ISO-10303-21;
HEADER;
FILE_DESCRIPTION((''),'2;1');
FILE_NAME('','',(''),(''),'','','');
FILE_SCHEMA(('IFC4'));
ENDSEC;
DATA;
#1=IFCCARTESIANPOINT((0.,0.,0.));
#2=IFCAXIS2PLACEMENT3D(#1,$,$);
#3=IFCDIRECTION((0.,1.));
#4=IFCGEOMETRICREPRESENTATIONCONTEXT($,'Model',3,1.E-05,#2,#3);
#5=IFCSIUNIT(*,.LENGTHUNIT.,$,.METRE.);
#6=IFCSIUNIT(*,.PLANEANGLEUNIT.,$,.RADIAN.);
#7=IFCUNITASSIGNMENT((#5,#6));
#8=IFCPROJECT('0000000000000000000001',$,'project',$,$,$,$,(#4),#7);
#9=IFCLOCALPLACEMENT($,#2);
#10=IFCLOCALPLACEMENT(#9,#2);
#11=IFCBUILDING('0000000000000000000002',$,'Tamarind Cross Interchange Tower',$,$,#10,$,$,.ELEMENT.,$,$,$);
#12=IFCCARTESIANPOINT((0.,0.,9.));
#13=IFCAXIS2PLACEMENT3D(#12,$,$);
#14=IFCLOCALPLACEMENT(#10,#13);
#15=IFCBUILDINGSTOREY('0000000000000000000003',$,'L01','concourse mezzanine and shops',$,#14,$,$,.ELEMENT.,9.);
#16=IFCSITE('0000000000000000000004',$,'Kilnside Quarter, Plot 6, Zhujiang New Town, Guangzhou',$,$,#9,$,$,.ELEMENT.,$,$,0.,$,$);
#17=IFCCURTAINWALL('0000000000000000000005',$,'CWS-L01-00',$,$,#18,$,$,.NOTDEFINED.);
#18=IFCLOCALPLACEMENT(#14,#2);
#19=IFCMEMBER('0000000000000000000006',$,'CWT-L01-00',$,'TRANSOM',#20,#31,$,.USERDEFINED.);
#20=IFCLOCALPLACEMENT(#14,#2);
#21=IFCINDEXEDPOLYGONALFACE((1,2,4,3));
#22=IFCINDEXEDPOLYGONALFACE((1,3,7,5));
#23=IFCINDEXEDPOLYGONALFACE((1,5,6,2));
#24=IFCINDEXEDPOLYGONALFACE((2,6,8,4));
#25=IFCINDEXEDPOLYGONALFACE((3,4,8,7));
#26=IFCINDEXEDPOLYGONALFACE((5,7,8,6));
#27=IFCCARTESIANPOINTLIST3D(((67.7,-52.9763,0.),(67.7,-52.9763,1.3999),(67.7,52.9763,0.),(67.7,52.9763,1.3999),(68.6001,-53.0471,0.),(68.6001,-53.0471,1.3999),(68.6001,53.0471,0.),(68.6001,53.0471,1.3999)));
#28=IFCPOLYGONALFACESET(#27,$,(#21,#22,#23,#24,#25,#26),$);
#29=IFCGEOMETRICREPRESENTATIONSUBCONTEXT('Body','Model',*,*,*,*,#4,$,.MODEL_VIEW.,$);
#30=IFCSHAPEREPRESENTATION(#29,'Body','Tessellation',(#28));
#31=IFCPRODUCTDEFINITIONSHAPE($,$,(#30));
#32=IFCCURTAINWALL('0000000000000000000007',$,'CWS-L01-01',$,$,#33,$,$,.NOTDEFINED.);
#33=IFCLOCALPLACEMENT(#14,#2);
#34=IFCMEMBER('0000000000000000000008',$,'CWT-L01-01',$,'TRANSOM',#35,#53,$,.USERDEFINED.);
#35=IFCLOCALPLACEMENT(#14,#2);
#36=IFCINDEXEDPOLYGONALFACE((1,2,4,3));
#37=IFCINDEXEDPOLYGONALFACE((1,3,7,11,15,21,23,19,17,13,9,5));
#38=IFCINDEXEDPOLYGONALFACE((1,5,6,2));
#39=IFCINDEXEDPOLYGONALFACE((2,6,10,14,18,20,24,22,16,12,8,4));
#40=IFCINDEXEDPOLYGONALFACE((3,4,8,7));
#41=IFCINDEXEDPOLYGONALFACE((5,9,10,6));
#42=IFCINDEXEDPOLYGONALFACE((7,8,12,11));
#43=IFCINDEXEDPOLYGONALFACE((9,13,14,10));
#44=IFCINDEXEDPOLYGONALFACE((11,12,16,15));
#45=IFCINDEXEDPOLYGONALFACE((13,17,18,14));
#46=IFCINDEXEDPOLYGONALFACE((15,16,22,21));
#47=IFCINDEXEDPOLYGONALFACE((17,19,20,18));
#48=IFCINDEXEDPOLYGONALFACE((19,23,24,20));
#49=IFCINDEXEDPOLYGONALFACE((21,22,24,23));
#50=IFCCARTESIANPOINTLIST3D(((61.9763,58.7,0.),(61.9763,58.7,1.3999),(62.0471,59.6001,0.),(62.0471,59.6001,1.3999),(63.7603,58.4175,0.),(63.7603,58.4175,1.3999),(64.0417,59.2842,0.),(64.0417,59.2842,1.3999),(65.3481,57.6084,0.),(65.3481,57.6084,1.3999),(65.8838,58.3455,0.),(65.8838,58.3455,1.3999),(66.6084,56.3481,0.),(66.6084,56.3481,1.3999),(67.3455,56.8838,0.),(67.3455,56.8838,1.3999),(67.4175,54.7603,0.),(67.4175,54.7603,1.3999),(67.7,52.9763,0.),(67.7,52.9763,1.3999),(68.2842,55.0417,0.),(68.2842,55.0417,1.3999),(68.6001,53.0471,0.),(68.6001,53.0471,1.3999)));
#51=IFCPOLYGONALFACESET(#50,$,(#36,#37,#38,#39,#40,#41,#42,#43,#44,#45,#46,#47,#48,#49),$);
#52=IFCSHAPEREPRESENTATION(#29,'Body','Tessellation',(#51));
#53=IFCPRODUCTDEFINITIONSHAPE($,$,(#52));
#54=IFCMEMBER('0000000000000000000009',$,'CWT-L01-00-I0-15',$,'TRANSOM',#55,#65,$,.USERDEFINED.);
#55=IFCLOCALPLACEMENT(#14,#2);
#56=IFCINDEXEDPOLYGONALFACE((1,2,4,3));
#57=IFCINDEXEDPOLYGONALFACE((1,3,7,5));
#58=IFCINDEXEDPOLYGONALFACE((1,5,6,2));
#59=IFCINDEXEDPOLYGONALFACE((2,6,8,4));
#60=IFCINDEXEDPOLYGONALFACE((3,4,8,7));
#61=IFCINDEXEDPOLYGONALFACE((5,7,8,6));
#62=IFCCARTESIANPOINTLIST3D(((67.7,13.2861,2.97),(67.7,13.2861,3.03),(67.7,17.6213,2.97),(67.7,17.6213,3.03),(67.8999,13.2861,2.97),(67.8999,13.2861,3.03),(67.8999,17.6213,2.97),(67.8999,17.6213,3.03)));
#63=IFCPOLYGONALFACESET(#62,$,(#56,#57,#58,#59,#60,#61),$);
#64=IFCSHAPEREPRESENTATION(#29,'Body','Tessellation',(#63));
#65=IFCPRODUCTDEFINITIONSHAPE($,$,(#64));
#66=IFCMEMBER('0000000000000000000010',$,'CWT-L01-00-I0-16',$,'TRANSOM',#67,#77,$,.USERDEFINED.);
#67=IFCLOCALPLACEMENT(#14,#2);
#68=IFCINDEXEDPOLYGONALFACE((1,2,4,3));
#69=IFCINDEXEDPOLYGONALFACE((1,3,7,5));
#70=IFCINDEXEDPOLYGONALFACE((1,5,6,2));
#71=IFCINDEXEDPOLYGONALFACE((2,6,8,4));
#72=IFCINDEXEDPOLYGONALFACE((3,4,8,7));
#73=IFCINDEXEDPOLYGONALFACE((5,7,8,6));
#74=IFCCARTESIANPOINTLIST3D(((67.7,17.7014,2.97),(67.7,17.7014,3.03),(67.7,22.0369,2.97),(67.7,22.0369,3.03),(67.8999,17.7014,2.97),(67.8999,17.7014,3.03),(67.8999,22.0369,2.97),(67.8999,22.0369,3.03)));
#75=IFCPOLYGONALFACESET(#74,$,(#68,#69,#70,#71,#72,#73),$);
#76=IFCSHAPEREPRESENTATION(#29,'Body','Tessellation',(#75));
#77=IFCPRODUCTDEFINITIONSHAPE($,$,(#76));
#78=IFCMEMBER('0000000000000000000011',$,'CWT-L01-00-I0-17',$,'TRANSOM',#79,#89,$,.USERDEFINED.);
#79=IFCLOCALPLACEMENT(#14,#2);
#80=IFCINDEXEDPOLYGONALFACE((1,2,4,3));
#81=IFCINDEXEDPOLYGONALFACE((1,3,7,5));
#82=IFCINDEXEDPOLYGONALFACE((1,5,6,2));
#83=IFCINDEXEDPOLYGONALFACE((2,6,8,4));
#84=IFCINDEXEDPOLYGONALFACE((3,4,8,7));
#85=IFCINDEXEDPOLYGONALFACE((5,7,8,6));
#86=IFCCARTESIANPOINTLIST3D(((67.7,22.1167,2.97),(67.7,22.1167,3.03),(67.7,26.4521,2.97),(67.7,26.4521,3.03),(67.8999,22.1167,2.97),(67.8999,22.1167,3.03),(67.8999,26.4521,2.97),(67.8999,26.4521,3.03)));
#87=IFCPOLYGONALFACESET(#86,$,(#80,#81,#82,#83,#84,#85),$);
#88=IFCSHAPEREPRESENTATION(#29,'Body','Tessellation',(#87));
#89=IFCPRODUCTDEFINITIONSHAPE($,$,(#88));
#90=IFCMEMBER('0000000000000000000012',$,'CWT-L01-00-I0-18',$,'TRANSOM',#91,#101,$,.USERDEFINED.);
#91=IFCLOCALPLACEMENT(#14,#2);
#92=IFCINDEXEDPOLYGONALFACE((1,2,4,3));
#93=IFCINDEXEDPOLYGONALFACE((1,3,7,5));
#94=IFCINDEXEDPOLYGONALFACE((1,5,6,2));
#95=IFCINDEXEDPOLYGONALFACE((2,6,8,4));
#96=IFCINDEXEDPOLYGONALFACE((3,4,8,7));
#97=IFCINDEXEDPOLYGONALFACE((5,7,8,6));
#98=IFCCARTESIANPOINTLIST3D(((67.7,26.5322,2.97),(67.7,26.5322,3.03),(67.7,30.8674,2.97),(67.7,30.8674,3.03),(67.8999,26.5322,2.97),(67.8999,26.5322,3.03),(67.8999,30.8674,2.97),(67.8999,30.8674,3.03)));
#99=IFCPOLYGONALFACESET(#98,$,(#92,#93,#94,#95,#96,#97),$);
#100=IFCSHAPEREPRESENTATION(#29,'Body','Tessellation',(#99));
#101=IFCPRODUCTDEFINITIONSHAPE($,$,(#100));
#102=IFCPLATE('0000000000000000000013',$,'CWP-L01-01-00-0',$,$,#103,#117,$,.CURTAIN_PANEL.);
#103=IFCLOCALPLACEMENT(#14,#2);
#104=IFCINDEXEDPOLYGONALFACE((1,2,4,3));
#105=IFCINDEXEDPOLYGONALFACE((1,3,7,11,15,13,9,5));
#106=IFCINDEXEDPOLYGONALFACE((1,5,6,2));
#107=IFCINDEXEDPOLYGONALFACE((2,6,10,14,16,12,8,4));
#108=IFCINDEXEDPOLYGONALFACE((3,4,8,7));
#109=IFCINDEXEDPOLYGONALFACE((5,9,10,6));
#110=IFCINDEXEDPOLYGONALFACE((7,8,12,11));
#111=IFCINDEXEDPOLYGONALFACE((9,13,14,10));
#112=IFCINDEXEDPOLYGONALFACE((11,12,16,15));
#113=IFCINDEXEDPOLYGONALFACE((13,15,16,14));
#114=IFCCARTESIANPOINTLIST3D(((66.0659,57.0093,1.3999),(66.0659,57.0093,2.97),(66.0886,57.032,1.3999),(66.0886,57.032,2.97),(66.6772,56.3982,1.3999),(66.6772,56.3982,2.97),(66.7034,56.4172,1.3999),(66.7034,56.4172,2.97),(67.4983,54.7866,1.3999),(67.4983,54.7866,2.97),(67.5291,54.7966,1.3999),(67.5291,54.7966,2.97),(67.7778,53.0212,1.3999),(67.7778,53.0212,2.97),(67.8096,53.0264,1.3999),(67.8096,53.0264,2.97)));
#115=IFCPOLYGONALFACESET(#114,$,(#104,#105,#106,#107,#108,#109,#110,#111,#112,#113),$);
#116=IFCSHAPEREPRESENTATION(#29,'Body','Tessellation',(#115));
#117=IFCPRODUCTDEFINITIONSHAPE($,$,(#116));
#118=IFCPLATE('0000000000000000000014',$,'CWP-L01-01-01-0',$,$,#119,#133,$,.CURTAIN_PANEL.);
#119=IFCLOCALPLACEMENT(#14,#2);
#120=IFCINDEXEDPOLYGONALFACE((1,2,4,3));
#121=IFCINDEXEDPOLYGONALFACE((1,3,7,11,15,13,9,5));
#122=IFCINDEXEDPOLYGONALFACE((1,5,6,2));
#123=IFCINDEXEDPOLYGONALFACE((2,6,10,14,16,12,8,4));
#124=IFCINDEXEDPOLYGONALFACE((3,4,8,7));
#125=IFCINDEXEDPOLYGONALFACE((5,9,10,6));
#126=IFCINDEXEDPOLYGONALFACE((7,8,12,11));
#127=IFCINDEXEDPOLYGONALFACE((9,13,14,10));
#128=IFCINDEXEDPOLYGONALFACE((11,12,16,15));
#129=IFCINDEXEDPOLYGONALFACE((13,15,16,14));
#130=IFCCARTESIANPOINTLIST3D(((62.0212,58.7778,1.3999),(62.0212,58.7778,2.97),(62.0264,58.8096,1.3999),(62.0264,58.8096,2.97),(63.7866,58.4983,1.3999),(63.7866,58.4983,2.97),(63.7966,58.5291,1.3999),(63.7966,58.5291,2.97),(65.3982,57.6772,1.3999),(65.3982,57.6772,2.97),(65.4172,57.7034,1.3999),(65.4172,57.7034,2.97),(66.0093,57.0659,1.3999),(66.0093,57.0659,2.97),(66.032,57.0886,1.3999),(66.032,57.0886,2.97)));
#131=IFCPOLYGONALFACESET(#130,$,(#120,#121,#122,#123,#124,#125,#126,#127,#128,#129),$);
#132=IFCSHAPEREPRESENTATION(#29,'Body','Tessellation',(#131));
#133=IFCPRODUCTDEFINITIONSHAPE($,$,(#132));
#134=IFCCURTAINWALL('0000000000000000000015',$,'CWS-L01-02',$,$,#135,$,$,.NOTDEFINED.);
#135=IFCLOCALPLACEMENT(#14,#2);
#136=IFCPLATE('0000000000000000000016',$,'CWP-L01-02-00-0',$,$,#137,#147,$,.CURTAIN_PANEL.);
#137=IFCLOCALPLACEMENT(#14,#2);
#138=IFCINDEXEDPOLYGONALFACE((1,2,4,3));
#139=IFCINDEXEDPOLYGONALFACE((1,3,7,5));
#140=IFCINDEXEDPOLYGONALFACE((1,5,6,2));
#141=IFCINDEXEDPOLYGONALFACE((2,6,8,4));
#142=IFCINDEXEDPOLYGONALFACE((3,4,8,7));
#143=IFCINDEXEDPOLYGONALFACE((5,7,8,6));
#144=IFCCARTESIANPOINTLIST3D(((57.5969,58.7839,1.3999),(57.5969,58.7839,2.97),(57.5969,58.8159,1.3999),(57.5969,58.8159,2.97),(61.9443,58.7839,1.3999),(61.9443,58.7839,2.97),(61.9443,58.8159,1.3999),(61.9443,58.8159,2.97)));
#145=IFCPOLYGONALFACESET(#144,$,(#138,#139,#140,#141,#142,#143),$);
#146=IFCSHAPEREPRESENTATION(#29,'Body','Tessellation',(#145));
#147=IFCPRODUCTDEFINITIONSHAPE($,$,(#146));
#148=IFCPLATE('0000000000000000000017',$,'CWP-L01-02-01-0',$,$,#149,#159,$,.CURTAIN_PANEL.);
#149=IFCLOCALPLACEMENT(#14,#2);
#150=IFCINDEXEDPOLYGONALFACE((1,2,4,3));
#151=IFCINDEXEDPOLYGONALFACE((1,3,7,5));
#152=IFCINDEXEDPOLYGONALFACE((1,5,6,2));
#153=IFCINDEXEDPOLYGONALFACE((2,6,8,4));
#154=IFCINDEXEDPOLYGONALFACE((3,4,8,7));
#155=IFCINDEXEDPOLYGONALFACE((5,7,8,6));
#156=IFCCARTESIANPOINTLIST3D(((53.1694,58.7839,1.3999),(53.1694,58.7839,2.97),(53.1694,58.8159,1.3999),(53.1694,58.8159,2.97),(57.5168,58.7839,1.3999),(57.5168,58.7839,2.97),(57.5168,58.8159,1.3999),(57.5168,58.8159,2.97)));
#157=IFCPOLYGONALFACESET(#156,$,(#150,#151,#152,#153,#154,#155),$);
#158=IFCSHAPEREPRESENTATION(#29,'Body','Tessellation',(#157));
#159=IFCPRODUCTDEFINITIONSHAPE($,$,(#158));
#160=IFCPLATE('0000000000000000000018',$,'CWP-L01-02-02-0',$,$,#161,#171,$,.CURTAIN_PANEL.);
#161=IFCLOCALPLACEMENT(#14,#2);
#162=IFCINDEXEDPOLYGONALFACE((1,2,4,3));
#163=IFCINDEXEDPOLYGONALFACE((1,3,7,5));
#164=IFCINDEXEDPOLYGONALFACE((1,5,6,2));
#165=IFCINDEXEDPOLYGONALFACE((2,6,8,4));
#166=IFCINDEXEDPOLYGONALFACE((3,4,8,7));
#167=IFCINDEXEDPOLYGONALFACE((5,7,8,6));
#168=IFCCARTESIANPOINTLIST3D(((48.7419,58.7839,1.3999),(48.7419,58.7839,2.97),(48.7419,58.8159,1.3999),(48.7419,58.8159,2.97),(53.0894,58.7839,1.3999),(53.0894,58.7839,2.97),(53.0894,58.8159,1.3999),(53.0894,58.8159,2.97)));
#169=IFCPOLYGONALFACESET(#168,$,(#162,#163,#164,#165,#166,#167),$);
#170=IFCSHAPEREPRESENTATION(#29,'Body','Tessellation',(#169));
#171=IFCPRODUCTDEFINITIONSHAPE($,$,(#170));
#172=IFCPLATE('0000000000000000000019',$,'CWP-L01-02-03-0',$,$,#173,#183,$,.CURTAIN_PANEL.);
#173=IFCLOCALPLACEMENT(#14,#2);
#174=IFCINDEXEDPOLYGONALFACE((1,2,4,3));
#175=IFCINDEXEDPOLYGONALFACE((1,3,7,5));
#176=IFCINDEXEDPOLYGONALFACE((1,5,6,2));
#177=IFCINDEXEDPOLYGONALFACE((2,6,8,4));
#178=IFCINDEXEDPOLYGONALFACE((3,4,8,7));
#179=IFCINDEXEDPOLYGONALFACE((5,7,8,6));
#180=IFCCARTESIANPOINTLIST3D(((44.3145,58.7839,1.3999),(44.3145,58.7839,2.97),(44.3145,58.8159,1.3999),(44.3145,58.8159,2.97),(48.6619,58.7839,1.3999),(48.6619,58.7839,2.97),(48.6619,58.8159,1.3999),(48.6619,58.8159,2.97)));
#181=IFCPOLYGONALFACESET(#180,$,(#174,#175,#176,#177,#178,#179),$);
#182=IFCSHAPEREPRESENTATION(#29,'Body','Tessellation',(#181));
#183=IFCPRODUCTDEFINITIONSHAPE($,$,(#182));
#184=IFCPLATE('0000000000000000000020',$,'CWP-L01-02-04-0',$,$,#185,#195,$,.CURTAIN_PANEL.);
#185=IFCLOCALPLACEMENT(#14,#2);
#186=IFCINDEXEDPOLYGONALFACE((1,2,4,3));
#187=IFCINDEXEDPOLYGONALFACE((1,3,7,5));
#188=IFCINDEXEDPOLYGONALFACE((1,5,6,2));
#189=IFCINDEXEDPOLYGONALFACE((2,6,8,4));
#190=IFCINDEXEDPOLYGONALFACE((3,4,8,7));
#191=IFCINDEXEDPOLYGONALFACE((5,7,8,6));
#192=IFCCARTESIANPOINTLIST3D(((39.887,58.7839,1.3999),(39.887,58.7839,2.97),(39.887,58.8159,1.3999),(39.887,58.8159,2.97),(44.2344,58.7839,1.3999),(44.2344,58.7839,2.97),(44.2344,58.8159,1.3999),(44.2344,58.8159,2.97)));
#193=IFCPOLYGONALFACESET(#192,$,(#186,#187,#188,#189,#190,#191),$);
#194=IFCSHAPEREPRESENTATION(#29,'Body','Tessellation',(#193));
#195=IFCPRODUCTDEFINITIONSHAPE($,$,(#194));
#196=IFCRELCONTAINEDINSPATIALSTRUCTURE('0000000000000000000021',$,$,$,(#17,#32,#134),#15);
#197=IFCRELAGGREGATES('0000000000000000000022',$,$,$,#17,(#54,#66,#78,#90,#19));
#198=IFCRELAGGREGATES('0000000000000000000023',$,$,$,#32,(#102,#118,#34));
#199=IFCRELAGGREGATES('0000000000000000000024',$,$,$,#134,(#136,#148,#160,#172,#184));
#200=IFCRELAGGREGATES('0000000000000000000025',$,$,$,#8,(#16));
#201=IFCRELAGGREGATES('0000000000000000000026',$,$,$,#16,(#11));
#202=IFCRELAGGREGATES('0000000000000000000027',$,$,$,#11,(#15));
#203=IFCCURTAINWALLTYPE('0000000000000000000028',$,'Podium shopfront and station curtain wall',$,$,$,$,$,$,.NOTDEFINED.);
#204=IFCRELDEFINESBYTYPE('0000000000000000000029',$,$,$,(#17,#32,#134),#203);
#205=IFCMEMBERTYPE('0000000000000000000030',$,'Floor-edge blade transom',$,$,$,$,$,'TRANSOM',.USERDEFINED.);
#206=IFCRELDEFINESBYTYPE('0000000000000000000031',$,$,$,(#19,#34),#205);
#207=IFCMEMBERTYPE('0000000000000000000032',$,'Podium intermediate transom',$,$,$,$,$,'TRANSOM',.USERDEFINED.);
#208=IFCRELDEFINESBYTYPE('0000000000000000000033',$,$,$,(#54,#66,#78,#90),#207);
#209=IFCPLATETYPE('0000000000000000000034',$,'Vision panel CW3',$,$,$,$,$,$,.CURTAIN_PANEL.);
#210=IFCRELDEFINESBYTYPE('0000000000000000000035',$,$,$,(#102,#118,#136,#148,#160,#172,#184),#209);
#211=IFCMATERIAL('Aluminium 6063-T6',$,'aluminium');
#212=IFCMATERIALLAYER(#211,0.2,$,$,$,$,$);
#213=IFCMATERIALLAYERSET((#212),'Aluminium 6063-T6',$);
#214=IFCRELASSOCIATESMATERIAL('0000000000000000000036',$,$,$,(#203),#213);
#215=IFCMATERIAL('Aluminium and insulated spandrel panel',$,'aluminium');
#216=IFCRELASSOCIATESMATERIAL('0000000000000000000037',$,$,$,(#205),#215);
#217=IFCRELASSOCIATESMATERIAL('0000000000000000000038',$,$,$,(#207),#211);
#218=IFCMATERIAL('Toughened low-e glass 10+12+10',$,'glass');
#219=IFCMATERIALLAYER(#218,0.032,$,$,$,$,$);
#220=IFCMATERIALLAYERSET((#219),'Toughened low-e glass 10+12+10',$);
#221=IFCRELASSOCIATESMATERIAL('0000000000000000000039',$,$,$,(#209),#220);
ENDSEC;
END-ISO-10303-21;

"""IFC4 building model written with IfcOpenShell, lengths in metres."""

from ifc_helpers import new_model, si_unit, direction, frame, origin, place, context, subcontext, project, spatial, polyline, outline, extrude, material, layer, layer_set, type_object, element, aggregate, save


model = new_model("IFC4")

# Units and contexts
model_context = context("Model", 3, precision=1e-05, world=origin(), true_north=direction((0.0, 1.0)))
body_context = subcontext(model_context, "Body", "Model", "MODEL_VIEW")
ifc_project = project(units=[si_unit("LENGTHUNIT", "METRE"), si_unit("PLANEANGLEUNIT", "RADIAN")], contexts=[model_context])

# Site, building, storey
site_placement = place(None, origin())
site = spatial("IfcSite", under=ifc_project, at=site_placement, Name="Kilnside Quarter, Plot 6, Zhujiang New Town, Guangzhou", CompositionType="ELEMENT", RefElevation=0.0)
building_placement = place(site_placement, origin())
building = spatial("IfcBuilding", under=site, at=building_placement, Name="Tamarind Cross Interchange Tower", CompositionType="ELEMENT")
storey_placement = place(building_placement, frame((0.0, 0.0, 9.0)))
storey = spatial("IfcBuildingStorey", under=building, at=storey_placement, Name="L01", Description="concourse mezzanine and shops", CompositionType="ELEMENT", Elevation=9.0)

# Curtain walls, members
ifc_material_1 = material(Name="Aluminium 6063-T6", Category="aluminium")
ifc_layer_1 = layer(ifc_material_1, 0.2)
ifc_layer_set_1 = layer_set([ifc_layer_1], Name="Aluminium 6063-T6")
curtain_wall_type = type_object("IfcCurtainWallType", Name="Podium shopfront and station curtain wall", PredefinedType="NOTDEFINED", material=ifc_layer_set_1)
curtain_wall_1_placement = place(storey_placement, origin())
curtain_wall_1 = element("IfcCurtainWall", 1, at=curtain_wall_1_placement, inside=storey, type_object=curtain_wall_type, Name="CWS-L01-00", PredefinedType="NOTDEFINED")
ifc_material_2 = material(Name="Aluminium and insulated spandrel panel", Category="aluminium")
member_type_1 = type_object("IfcMemberType", Name="Floor-edge blade transom", ElementType="TRANSOM", PredefinedType="USERDEFINED", material=ifc_material_2)
member_1_placement = place(storey_placement, origin())
member_1 = element("IfcMember", 2, at=member_1_placement, type_object=member_type_1, Name="CWT-L01-00", ObjectType="TRANSOM", PredefinedType="USERDEFINED", context=body_context, shape_type="SweptSolid", body=[
    extrude(outline(polyline([(67.7, -52.9763), (67.7, 52.9763), (68.6001, 53.0471), (68.6001, -53.0471), (67.7, -52.9763)])), origin(), (0.0, 0.0, 1.0), 1.3999),
])
curtain_wall_2_placement = place(storey_placement, origin())
curtain_wall_2 = element("IfcCurtainWall", 3, at=curtain_wall_2_placement, inside=storey, type_object=curtain_wall_type, Name="CWS-L01-01", PredefinedType="NOTDEFINED")
member_2_placement = place(storey_placement, origin())
member_2 = element("IfcMember", 4, at=member_2_placement, type_object=member_type_1, Name="CWT-L01-01", ObjectType="TRANSOM", PredefinedType="USERDEFINED", context=body_context, shape_type="SweptSolid", body=[
    extrude(outline(polyline([(67.7, 52.9763), (67.4175, 54.7603), (66.6084, 56.3481), (65.3481, 57.6084), (63.7603, 58.4175), (61.9763, 58.7), (62.0471, 59.6001), (64.0417, 59.2842), (65.8838, 58.3455), (67.3455, 56.8838), (68.2842, 55.0417), (68.6001, 53.0471), (67.7, 52.9763)])), origin(), (0.0, 0.0, 1.0), 1.3999),
])

# Members
member_type_2 = type_object("IfcMemberType", Name="Podium intermediate transom", ElementType="TRANSOM", PredefinedType="USERDEFINED", material=ifc_material_1)
member_3_placement = place(storey_placement, frame((0.0, 0.0, 2.97)))
member_3 = element("IfcMember", 5, at=member_3_placement, type_object=member_type_2, Name="CWT-L01-00-I0-15", ObjectType="TRANSOM", PredefinedType="USERDEFINED", context=body_context, shape_type="SweptSolid", body=[
    extrude(outline(polyline([(67.7, 13.2861), (67.7, 17.6213), (67.8999, 17.6213), (67.8999, 13.2861), (67.7, 13.2861)])), origin(), (0.0, 0.0, 1.0), 0.0601),
])
member_4_placement = place(storey_placement, frame((0.0, 0.0, 2.97)))
member_4 = element("IfcMember", 6, at=member_4_placement, type_object=member_type_2, Name="CWT-L01-00-I0-16", ObjectType="TRANSOM", PredefinedType="USERDEFINED", context=body_context, shape_type="SweptSolid", body=[
    extrude(outline(polyline([(67.7, 17.7014), (67.7, 22.0369), (67.8999, 22.0369), (67.8999, 17.7014), (67.7, 17.7014)])), origin(), (0.0, 0.0, 1.0), 0.0601),
])
member_5_placement = place(storey_placement, frame((0.0, 0.0, 2.97)))
member_5 = element("IfcMember", 7, at=member_5_placement, type_object=member_type_2, Name="CWT-L01-00-I0-17", ObjectType="TRANSOM", PredefinedType="USERDEFINED", context=body_context, shape_type="SweptSolid", body=[
    extrude(outline(polyline([(67.7, 22.1167), (67.7, 26.4521), (67.8999, 26.4521), (67.8999, 22.1167), (67.7, 22.1167)])), origin(), (0.0, 0.0, 1.0), 0.0601),
])
member_6_placement = place(storey_placement, frame((0.0, 0.0, 2.97)))
member_6 = element("IfcMember", 8, at=member_6_placement, type_object=member_type_2, Name="CWT-L01-00-I0-18", ObjectType="TRANSOM", PredefinedType="USERDEFINED", context=body_context, shape_type="SweptSolid", body=[
    extrude(outline(polyline([(67.7, 26.5322), (67.7, 30.8674), (67.8999, 30.8674), (67.8999, 26.5322), (67.7, 26.5322)])), origin(), (0.0, 0.0, 1.0), 0.0601),
])
aggregate(curtain_wall_1, [member_3, member_4, member_5, member_6, member_1])

# Plates
ifc_material_3 = material(Name="Toughened low-e glass 10+12+10", Category="glass")
ifc_layer_2 = layer(ifc_material_3, 0.032)
ifc_layer_set_2 = layer_set([ifc_layer_2], Name="Toughened low-e glass 10+12+10")
plate_type = type_object("IfcPlateType", Name="Vision panel CW3", PredefinedType="CURTAIN_PANEL", material=ifc_layer_set_2)
plate_1_placement = place(storey_placement, frame((0.0, 0.0, 1.3999)))
plate_1 = element("IfcPlate", 9, at=plate_1_placement, type_object=plate_type, Name="CWP-L01-01-00-0", PredefinedType="CURTAIN_PANEL", context=body_context, shape_type="SweptSolid", body=[
    extrude(outline(polyline([(67.7778, 53.0212), (67.4983, 54.7866), (66.6772, 56.3982), (66.0659, 57.0093), (66.0886, 57.032), (66.7034, 56.4172), (67.5291, 54.7966), (67.8096, 53.0264), (67.7778, 53.0212)])), origin(), (0.0, 0.0, 1.0), 1.5701),
])
plate_2_placement = place(storey_placement, frame((0.0, 0.0, 1.3999)))
plate_2 = element("IfcPlate", 10, at=plate_2_placement, type_object=plate_type, Name="CWP-L01-01-01-0", PredefinedType="CURTAIN_PANEL", context=body_context, shape_type="SweptSolid", body=[
    extrude(outline(polyline([(66.0093, 57.0659), (65.3982, 57.6772), (63.7866, 58.4983), (62.0212, 58.7778), (62.0264, 58.8096), (63.7966, 58.5291), (65.4172, 57.7034), (66.032, 57.0886), (66.0093, 57.0659)])), origin(), (0.0, 0.0, 1.0), 1.5701),
])
aggregate(curtain_wall_2, [plate_1, plate_2, member_2])

# Curtain wall, plates
curtain_wall_3_placement = place(storey_placement, origin())
curtain_wall_3 = element("IfcCurtainWall", 11, at=curtain_wall_3_placement, inside=storey, type_object=curtain_wall_type, Name="CWS-L01-02", PredefinedType="NOTDEFINED")
plate_3_placement = place(storey_placement, frame((0.0, 0.0, 1.3999)))
plate_3 = element("IfcPlate", 12, at=plate_3_placement, type_object=plate_type, Name="CWP-L01-02-00-0", PredefinedType="CURTAIN_PANEL", context=body_context, shape_type="SweptSolid", body=[
    extrude(outline(polyline([(61.9443, 58.7839), (57.5969, 58.7839), (57.5969, 58.8159), (61.9443, 58.8159), (61.9443, 58.7839)])), origin(), (0.0, 0.0, 1.0), 1.5701),
])
plate_4_placement = place(storey_placement, frame((0.0, 0.0, 1.3999)))
plate_4 = element("IfcPlate", 13, at=plate_4_placement, type_object=plate_type, Name="CWP-L01-02-01-0", PredefinedType="CURTAIN_PANEL", context=body_context, shape_type="SweptSolid", body=[
    extrude(outline(polyline([(57.5168, 58.7839), (53.1694, 58.7839), (53.1694, 58.8159), (57.5168, 58.8159), (57.5168, 58.7839)])), origin(), (0.0, 0.0, 1.0), 1.5701),
])
plate_5_placement = place(storey_placement, frame((0.0, 0.0, 1.3999)))
plate_5 = element("IfcPlate", 14, at=plate_5_placement, type_object=plate_type, Name="CWP-L01-02-02-0", PredefinedType="CURTAIN_PANEL", context=body_context, shape_type="SweptSolid", body=[
    extrude(outline(polyline([(53.0894, 58.7839), (48.7419, 58.7839), (48.7419, 58.8159), (53.0894, 58.8159), (53.0894, 58.7839)])), origin(), (0.0, 0.0, 1.0), 1.5701),
])
plate_6_placement = place(storey_placement, frame((0.0, 0.0, 1.3999)))
plate_6 = element("IfcPlate", 15, at=plate_6_placement, type_object=plate_type, Name="CWP-L01-02-03-0", PredefinedType="CURTAIN_PANEL", context=body_context, shape_type="SweptSolid", body=[
    extrude(outline(polyline([(48.6619, 58.7839), (44.3145, 58.7839), (44.3145, 58.8159), (48.6619, 58.8159), (48.6619, 58.7839)])), origin(), (0.0, 0.0, 1.0), 1.5701),
])
plate_7_placement = place(storey_placement, frame((0.0, 0.0, 1.3999)))
plate_7 = element("IfcPlate", 16, at=plate_7_placement, type_object=plate_type, Name="CWP-L01-02-04-0", PredefinedType="CURTAIN_PANEL", context=body_context, shape_type="SweptSolid", body=[
    extrude(outline(polyline([(44.2344, 58.7839), (39.887, 58.7839), (39.887, 58.8159), (44.2344, 58.8159), (44.2344, 58.7839)])), origin(), (0.0, 0.0, 1.0), 1.5701),
])
aggregate(curtain_wall_3, [plate_3, plate_4, plate_5, plate_6, plate_7])

save(model, "model.ifc")
